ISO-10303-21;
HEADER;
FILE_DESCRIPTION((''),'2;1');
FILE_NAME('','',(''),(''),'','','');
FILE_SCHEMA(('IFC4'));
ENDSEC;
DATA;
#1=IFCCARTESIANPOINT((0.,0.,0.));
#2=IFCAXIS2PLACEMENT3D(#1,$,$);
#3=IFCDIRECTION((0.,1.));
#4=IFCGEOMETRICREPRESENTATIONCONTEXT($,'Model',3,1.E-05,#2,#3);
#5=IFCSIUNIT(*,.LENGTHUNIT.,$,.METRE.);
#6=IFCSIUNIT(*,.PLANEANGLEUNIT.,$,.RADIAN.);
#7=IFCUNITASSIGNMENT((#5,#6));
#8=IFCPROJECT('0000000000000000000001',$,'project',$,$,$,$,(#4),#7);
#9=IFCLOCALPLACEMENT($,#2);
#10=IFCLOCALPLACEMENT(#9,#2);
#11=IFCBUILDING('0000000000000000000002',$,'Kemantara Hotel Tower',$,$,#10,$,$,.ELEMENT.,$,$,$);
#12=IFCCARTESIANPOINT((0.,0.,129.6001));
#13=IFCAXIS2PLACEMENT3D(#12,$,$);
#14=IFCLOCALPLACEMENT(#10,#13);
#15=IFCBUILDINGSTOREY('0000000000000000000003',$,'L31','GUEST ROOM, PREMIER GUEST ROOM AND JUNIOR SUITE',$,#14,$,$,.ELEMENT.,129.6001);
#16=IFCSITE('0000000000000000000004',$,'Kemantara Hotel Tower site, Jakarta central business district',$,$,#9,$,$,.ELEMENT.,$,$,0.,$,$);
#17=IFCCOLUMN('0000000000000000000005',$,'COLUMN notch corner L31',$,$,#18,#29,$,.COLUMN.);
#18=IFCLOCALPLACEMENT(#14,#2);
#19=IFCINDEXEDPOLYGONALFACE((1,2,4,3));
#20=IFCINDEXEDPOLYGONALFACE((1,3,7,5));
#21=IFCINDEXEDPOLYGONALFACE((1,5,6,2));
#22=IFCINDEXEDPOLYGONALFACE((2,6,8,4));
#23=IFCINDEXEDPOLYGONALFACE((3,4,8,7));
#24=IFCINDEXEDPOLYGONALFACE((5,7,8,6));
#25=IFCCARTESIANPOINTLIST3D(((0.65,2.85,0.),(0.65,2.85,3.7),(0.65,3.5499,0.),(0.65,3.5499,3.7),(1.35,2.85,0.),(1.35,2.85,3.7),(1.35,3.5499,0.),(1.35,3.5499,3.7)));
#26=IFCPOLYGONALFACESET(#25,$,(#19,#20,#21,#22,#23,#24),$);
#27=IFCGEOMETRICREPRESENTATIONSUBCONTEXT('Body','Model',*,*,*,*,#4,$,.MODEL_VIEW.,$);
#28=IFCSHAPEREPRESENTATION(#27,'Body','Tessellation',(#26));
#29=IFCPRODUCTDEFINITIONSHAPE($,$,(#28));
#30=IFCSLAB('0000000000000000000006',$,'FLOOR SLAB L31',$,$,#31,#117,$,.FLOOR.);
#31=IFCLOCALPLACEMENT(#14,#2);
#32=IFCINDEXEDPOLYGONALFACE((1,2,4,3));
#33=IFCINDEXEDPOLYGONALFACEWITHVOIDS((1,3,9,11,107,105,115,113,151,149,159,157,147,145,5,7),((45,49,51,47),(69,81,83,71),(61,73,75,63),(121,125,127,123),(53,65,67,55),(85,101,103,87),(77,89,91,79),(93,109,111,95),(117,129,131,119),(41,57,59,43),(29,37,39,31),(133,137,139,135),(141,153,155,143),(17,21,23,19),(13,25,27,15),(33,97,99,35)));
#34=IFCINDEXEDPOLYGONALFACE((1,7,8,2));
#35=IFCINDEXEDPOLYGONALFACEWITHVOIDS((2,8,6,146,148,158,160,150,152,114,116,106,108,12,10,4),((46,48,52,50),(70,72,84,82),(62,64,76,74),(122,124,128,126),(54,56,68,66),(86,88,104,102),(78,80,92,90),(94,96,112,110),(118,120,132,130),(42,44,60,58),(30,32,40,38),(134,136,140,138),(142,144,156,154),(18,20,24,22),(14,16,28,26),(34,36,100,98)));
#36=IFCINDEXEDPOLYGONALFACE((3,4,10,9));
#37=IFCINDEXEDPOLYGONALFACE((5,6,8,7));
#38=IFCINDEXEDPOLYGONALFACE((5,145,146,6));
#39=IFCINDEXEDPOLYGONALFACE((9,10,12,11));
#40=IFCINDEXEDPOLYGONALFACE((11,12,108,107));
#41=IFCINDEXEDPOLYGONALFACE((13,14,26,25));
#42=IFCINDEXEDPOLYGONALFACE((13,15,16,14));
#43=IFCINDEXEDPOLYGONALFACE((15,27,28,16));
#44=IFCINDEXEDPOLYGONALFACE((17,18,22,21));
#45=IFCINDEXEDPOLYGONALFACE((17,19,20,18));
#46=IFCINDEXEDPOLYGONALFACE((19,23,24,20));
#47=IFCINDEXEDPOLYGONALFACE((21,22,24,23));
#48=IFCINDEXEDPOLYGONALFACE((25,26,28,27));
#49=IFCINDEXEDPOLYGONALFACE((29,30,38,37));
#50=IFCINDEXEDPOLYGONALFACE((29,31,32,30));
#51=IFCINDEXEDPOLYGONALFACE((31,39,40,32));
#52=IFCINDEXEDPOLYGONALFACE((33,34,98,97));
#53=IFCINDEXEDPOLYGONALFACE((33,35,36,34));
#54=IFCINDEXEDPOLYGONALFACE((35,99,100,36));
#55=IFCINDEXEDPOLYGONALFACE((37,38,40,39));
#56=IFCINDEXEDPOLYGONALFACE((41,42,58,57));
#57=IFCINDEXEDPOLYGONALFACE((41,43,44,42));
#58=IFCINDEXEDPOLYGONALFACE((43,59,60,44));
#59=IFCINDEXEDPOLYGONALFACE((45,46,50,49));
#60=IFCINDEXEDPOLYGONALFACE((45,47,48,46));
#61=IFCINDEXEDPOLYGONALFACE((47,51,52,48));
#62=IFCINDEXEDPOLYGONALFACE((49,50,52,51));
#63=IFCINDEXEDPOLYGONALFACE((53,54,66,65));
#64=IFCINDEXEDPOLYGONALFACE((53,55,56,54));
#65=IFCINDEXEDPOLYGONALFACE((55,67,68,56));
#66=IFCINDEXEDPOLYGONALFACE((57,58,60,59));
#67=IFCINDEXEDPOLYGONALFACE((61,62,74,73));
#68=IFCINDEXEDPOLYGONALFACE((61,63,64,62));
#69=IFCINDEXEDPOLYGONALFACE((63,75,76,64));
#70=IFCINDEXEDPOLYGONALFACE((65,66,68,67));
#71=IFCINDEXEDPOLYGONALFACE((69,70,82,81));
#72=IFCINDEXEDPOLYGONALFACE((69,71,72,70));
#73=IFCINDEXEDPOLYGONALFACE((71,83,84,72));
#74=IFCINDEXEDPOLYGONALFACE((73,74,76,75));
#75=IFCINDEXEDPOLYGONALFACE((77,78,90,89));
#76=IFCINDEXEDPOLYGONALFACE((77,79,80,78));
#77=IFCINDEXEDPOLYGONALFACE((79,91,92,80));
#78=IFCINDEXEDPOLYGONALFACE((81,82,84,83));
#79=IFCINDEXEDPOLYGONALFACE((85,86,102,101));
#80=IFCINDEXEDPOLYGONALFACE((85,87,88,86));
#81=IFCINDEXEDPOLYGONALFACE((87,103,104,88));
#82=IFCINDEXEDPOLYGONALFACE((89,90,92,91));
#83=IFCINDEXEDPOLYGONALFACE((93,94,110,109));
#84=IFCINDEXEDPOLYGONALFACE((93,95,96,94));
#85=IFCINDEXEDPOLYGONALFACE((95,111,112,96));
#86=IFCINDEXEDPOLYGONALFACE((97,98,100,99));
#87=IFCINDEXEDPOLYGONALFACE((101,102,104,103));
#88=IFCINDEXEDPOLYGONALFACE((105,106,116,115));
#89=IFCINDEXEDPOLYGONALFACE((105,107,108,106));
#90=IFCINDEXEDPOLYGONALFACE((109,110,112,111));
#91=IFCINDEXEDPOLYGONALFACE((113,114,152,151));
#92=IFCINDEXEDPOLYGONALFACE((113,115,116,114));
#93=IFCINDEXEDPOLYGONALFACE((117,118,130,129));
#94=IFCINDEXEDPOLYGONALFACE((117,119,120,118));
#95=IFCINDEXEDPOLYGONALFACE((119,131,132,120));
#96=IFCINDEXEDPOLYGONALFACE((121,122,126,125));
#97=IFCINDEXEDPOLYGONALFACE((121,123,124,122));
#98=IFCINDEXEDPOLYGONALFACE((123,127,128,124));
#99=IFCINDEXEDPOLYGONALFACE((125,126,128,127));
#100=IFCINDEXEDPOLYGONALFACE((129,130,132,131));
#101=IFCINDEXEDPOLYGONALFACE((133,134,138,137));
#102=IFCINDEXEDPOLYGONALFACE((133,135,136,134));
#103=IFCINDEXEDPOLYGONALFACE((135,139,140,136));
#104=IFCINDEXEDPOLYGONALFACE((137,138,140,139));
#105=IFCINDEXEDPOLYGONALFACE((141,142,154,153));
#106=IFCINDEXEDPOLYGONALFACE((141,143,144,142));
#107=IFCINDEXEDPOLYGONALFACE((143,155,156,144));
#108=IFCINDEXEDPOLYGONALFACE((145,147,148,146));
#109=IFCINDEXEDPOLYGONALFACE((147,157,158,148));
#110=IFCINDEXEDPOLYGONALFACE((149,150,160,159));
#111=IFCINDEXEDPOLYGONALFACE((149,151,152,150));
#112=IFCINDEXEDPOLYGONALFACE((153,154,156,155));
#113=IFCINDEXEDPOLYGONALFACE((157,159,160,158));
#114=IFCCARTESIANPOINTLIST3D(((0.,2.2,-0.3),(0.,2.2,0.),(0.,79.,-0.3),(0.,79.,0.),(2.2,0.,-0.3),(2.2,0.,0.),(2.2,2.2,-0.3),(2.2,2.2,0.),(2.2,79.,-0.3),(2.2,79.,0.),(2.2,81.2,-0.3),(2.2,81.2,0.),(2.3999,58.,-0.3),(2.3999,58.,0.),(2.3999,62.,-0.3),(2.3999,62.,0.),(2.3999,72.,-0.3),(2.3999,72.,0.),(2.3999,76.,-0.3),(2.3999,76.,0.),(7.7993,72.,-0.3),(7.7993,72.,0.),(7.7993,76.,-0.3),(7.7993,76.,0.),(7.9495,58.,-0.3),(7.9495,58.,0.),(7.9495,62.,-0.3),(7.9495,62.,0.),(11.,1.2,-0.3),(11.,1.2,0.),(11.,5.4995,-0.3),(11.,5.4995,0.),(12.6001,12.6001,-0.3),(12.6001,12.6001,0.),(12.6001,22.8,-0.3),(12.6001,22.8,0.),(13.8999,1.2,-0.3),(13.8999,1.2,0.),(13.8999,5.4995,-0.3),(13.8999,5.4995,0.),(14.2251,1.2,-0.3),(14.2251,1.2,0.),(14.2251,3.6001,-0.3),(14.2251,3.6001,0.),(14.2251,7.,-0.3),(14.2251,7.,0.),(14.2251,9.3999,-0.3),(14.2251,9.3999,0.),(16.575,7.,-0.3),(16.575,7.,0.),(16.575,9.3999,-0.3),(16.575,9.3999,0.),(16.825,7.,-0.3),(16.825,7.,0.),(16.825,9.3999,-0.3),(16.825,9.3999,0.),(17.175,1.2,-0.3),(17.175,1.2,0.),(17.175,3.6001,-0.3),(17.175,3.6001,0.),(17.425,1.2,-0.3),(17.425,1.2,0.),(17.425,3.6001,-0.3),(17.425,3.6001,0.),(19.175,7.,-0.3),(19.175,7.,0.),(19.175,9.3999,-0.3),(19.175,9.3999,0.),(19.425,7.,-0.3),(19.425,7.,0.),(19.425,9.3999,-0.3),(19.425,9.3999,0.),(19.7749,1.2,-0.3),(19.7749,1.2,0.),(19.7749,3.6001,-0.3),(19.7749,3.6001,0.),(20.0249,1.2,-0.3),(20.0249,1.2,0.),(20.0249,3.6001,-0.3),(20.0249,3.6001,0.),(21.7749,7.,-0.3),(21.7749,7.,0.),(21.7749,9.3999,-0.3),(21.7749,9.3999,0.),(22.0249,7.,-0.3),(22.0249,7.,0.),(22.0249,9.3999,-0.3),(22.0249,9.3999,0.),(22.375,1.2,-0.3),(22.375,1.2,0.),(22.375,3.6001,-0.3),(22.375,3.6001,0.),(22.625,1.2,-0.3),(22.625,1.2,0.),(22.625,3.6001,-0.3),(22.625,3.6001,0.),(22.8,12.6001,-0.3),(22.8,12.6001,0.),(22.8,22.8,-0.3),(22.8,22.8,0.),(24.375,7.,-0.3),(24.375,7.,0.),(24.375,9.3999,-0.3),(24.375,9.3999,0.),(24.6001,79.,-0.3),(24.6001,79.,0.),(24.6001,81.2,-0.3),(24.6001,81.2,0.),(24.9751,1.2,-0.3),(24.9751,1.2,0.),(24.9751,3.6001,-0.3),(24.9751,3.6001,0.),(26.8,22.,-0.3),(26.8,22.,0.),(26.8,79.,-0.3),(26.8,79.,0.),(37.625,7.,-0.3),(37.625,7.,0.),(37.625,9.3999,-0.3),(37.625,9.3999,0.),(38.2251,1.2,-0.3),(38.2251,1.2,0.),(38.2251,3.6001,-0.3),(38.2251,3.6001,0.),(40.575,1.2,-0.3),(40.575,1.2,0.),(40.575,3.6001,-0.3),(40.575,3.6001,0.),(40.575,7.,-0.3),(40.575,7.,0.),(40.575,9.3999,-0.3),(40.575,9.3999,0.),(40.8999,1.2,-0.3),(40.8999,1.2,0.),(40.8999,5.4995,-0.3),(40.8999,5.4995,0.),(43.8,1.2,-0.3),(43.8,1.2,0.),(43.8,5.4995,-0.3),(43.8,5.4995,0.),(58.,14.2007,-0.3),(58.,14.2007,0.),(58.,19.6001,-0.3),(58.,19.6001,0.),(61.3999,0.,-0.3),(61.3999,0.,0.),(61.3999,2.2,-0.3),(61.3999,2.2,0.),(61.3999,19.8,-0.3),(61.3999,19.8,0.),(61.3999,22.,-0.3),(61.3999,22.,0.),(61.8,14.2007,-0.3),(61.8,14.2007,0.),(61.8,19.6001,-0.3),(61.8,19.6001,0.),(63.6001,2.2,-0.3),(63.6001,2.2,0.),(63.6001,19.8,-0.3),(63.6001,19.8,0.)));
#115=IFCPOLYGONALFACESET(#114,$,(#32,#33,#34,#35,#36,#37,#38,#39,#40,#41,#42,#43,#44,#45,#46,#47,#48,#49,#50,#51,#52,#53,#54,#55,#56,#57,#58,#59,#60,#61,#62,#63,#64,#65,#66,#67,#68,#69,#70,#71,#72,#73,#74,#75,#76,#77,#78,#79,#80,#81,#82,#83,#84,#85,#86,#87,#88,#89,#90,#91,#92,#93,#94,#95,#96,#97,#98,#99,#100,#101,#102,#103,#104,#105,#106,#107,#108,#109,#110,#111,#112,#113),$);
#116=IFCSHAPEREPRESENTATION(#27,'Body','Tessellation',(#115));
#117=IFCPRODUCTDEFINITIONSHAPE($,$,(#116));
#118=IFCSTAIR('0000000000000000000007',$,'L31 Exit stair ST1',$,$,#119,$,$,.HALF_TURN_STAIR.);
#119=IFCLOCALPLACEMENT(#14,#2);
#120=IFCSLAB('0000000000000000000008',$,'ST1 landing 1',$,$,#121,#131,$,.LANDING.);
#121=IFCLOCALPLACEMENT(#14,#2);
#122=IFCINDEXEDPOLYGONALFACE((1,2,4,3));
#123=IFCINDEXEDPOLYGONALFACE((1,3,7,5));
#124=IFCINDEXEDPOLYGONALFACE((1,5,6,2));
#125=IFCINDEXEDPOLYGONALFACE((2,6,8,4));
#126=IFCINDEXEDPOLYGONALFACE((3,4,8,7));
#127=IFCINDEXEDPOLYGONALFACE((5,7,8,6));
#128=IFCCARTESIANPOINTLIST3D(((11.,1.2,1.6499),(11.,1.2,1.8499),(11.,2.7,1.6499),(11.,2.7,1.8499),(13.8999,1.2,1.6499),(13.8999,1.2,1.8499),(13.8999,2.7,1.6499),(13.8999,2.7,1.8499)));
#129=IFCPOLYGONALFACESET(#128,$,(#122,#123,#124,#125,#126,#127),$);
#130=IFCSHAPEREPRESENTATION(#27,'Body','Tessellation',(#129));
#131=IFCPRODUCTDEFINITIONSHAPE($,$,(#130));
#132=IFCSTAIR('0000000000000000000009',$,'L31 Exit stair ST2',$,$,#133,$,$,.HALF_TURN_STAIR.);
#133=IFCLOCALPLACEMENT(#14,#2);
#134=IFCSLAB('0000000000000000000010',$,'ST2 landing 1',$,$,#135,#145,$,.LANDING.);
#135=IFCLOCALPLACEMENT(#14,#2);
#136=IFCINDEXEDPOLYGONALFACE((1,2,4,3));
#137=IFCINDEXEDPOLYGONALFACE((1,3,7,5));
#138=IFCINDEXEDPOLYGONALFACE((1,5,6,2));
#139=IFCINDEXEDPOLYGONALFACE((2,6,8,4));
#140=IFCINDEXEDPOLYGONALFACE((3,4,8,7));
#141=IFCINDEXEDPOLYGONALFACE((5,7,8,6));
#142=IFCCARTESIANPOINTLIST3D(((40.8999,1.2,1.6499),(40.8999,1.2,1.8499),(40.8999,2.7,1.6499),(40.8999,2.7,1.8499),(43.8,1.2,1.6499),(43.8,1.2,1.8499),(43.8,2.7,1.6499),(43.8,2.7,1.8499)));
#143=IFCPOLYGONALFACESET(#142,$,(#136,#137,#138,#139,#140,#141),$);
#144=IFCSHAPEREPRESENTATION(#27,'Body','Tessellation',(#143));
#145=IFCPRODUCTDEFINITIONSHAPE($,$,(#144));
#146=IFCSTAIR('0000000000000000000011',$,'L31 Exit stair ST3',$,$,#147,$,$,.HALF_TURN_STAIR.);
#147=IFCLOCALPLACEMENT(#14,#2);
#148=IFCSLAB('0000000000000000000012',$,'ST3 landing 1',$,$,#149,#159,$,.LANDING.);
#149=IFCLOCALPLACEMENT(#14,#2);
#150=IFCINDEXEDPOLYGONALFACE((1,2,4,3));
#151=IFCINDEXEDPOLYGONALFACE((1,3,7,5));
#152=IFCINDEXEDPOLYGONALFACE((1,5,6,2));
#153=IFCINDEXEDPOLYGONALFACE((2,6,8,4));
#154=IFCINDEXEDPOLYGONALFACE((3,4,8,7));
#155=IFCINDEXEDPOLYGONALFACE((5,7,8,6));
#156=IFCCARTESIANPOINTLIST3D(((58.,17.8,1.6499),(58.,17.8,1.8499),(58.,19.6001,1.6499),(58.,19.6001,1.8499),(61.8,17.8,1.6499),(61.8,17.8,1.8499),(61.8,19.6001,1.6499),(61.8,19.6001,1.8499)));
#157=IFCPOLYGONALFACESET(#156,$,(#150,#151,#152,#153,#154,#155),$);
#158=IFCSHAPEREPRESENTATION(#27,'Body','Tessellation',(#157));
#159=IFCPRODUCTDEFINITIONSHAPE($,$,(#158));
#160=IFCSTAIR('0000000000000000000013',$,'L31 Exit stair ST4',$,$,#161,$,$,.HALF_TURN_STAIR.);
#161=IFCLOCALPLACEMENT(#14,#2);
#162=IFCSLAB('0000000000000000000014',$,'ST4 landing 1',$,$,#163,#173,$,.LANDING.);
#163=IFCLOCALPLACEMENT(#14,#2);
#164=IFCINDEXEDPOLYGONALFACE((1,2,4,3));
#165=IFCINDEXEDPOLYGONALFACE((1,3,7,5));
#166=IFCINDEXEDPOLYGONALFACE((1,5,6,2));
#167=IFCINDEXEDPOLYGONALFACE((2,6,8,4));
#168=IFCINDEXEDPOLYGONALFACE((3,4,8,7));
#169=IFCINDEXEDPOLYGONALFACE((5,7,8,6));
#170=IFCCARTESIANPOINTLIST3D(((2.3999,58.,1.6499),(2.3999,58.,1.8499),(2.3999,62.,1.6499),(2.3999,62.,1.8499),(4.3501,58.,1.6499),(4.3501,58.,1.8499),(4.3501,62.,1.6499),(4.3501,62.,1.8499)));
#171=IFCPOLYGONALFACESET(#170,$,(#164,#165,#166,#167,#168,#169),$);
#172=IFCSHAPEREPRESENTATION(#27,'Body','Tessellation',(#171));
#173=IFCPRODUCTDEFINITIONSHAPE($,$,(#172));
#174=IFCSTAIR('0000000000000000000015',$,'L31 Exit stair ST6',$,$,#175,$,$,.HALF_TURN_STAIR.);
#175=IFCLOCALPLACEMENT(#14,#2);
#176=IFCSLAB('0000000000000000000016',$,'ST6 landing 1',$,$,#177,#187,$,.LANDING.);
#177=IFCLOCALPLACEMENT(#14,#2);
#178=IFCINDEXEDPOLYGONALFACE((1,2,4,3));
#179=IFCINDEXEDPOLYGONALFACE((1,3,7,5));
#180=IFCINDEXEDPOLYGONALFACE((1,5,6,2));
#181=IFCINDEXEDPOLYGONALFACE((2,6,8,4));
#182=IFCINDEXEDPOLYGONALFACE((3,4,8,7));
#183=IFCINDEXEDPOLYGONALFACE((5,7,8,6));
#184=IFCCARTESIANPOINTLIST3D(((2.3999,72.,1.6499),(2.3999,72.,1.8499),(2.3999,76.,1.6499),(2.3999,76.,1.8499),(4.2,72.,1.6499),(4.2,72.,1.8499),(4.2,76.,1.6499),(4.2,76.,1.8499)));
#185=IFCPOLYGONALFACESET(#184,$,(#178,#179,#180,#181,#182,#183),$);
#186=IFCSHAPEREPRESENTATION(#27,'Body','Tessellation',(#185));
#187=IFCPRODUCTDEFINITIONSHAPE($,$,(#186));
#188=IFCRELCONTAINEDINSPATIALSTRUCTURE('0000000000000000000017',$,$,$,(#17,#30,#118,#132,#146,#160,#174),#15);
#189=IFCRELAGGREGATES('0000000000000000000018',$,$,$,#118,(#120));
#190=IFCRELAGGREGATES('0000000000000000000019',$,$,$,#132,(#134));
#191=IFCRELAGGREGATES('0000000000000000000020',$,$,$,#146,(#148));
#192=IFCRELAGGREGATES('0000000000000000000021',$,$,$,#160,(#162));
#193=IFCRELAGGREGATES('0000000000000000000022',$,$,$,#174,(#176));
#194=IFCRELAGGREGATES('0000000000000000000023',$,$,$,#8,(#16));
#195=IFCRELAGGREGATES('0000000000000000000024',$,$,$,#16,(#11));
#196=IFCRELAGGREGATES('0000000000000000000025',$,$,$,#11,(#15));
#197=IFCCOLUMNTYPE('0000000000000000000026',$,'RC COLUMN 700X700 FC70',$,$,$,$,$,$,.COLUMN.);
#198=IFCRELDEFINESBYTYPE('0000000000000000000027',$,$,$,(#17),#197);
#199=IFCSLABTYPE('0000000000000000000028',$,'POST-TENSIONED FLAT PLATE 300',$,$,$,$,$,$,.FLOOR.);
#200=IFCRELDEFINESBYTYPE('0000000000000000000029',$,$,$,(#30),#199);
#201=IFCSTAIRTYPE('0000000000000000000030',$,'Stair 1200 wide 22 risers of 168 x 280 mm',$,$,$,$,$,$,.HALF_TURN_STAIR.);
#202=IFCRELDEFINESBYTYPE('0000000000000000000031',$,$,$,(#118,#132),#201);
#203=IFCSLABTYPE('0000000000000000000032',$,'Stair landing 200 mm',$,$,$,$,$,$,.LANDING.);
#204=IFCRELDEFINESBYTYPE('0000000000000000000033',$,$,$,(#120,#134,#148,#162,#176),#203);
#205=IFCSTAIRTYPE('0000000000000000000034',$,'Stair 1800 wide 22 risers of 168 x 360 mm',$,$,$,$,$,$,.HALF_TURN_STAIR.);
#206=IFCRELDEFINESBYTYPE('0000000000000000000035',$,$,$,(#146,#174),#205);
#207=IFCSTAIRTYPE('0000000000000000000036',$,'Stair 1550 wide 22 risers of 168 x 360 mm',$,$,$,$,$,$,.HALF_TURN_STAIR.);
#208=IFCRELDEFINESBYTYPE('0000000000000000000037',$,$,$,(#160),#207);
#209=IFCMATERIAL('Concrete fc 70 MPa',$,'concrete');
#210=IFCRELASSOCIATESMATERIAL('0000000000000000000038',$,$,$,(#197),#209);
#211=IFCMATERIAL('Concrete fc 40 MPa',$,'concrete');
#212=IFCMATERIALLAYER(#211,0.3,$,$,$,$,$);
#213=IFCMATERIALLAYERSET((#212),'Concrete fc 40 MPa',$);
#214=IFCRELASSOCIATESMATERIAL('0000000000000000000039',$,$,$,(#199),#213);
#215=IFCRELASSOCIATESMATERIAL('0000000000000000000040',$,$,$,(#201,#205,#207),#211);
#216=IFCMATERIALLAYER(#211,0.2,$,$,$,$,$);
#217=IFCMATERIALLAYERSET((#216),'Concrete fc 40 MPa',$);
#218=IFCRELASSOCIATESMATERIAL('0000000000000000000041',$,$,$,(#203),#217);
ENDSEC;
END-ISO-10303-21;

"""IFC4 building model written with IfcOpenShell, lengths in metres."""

from ifc_helpers import new_model, si_unit, direction, frame, origin, origin_2d, place, context, subcontext, project, spatial, polyline, rectangle, outline, extrude, material, layer, layer_set, material_profile, profile_set, type_object, element, aggregate, save


model = new_model("IFC4")

# Units and contexts
model_context = context("Model", 3, precision=1e-05, world=origin(), true_north=direction((0.0, 1.0)))
body_context = subcontext(model_context, "Body", "Model", "MODEL_VIEW")
ifc_project = project(units=[si_unit("LENGTHUNIT", "METRE"), si_unit("PLANEANGLEUNIT", "RADIAN")], contexts=[model_context])

# Site, building, storey
site_placement = place(None, origin())
site = spatial("IfcSite", under=ifc_project, at=site_placement, Name="Kemantara Hotel Tower site, Jakarta central business district", CompositionType="ELEMENT", RefElevation=0.0)
building_placement = place(site_placement, origin())
building = spatial("IfcBuilding", under=site, at=building_placement, Name="Kemantara Hotel Tower", CompositionType="ELEMENT")
storey_placement = place(building_placement, frame((0.0, 0.0, 129.6001)))
storey = spatial("IfcBuildingStorey", under=building, at=storey_placement, Name="L31", Description="GUEST ROOM, PREMIER GUEST ROOM AND JUNIOR SUITE", CompositionType="ELEMENT", Elevation=129.6001)

# Column
ifc_material_1 = material(Name="Concrete fc 70 MPa", Category="concrete")
ifc_material_profile = material_profile(ifc_material_1, rectangle(XDim=0.7, YDim=0.7, at=origin_2d()), Name="RC 700X700")
ifc_profile_set = profile_set([ifc_material_profile], Name="Concrete fc 70 MPa")
column_type = type_object("IfcColumnType", Name="RC COLUMN 700X700 FC70", PredefinedType="COLUMN", material=ifc_profile_set)
column_placement = place(storey_placement, frame((1.0, 3.2, 0.0), z_axis=(0.0, 0.0, 1.0), x_axis=(1.0, 0.0, 0.0)))
element("IfcColumn", 1, at=column_placement, inside=storey, type_object=column_type, Name="COLUMN notch corner L31", PredefinedType="COLUMN", context=body_context, shape_type="SweptSolid", body=[
    extrude(rectangle(XDim=0.7, YDim=0.7, at=origin_2d()), origin(), (0.0, 0.0, 1.0), 3.7),
])

# Slab
ifc_material_2 = material(Name="Concrete fc 40 MPa", Category="concrete")
ifc_layer_1 = layer(ifc_material_2, 0.3)
ifc_layer_set_1 = layer_set([ifc_layer_1], Name="Concrete fc 40 MPa")
slab_type_1 = type_object("IfcSlabType", Name="POST-TENSIONED FLAT PLATE 300", PredefinedType="FLOOR", material=ifc_layer_set_1)
slab_1_placement = place(storey_placement, frame((0.0, 0.0, -0.3)))
element("IfcSlab", 2, at=slab_1_placement, inside=storey, type_object=slab_type_1, Name="FLOOR SLAB L31", PredefinedType="FLOOR", context=body_context, shape_type="SweptSolid", body=[
    extrude(outline(polyline([(26.8, 79.0), (24.6001, 79.0), (24.6001, 81.2), (2.2, 81.2), (2.2, 79.0), (0.0, 79.0), (0.0, 2.2), (2.2, 2.2), (2.2, 0.0), (61.3999, 0.0), (61.3999, 2.2), (63.6001, 2.2), (63.6001, 19.8), (61.3999, 19.8), (61.3999, 22.0), (26.8, 22.0), (26.8, 79.0)]), holes=[polyline([(17.175, 1.2), (14.2251, 1.2), (14.2251, 3.6001), (17.175, 3.6001), (17.175, 1.2)]), polyline([(19.7749, 1.2), (17.425, 1.2), (17.425, 3.6001), (19.7749, 3.6001), (19.7749, 1.2)]), polyline([(11.0, 1.2), (11.0, 5.4995), (13.8999, 5.4995), (13.8999, 1.2), (11.0, 1.2)]), polyline([(16.575, 7.0), (14.2251, 7.0), (14.2251, 9.3999), (16.575, 9.3999), (16.575, 7.0)]), polyline([(19.175, 7.0), (16.825, 7.0), (16.825, 9.3999), (19.175, 9.3999), (19.175, 7.0)]), polyline([(22.8, 12.6001), (12.6001, 12.6001), (12.6001, 22.8), (22.8, 22.8), (22.8, 12.6001)]), polyline([(2.3999, 62.0), (7.9495, 62.0), (7.9495, 58.0), (2.3999, 58.0), (2.3999, 62.0)]), polyline([(2.3999, 76.0), (7.7993, 76.0), (7.7993, 72.0), (2.3999, 72.0), (2.3999, 76.0)]), polyline([(22.375, 1.2), (20.0249, 1.2), (20.0249, 3.6001), (22.375, 3.6001), (22.375, 1.2)]), polyline([(24.9751, 1.2), (22.625, 1.2), (22.625, 3.6001), (24.9751, 3.6001), (24.9751, 1.2)]), polyline([(40.575, 1.2), (38.2251, 1.2), (38.2251, 3.6001), (40.575, 3.6001), (40.575, 1.2)]), polyline([(40.8999, 1.2), (40.8999, 5.4995), (43.8, 5.4995), (43.8, 1.2), (40.8999, 1.2)]), polyline([(21.7749, 7.0), (19.425, 7.0), (19.425, 9.3999), (21.7749, 9.3999), (21.7749, 7.0)]), polyline([(24.375, 7.0), (22.0249, 7.0), (22.0249, 9.3999), (24.375, 9.3999), (24.375, 7.0)]), polyline([(40.575, 7.0), (37.625, 7.0), (37.625, 9.3999), (40.575, 9.3999), (40.575, 7.0)]), polyline([(61.8, 19.6001), (61.8, 14.2007), (58.0, 14.2007), (58.0, 19.6001), (61.8, 19.6001)])]), origin(), (0.0, 0.0, 1.0), 0.3),
])

# Stairs, slabs
stair_type_1 = type_object("IfcStairType", Name="Stair 1200 wide 22 risers of 168 x 280 mm", PredefinedType="HALF_TURN_STAIR", material=ifc_material_2)
stair_1_placement = place(storey_placement, origin())
stair_1 = element("IfcStair", 3, at=stair_1_placement, inside=storey, type_object=stair_type_1, Name="L31 Exit stair ST1", PredefinedType="HALF_TURN_STAIR")
ifc_layer_2 = layer(ifc_material_2, 0.2)
ifc_layer_set_2 = layer_set([ifc_layer_2], Name="Concrete fc 40 MPa")
slab_type_2 = type_object("IfcSlabType", Name="Stair landing 200 mm", PredefinedType="LANDING", material=ifc_layer_set_2)
slab_2_placement = place(storey_placement, frame((0.0, 0.0, 1.6499)))
slab_2 = element("IfcSlab", 4, at=slab_2_placement, type_object=slab_type_2, Name="ST1 landing 1", PredefinedType="LANDING", context=body_context, shape_type="SweptSolid", body=[
    extrude(outline(polyline([(11.0, 2.7), (11.0, 1.2), (13.8999, 1.2), (13.8999, 2.7), (11.0, 2.7)])), origin(), (0.0, 0.0, 1.0), 0.2),
])
aggregate(stair_1, [slab_2])
stair_2_placement = place(storey_placement, origin())
stair_2 = element("IfcStair", 5, at=stair_2_placement, inside=storey, type_object=stair_type_1, Name="L31 Exit stair ST2", PredefinedType="HALF_TURN_STAIR")
slab_3_placement = place(storey_placement, frame((0.0, 0.0, 1.6499)))
slab_3 = element("IfcSlab", 6, at=slab_3_placement, type_object=slab_type_2, Name="ST2 landing 1", PredefinedType="LANDING", context=body_context, shape_type="SweptSolid", body=[
    extrude(outline(polyline([(40.8999, 2.7), (40.8999, 1.2), (43.8, 1.2), (43.8, 2.7), (40.8999, 2.7)])), origin(), (0.0, 0.0, 1.0), 0.2),
])
aggregate(stair_2, [slab_3])
stair_type_2 = type_object("IfcStairType", Name="Stair 1800 wide 22 risers of 168 x 360 mm", PredefinedType="HALF_TURN_STAIR", material=ifc_material_2)
stair_3_placement = place(storey_placement, origin())
stair_3 = element("IfcStair", 7, at=stair_3_placement, inside=storey, type_object=stair_type_2, Name="L31 Exit stair ST3", PredefinedType="HALF_TURN_STAIR")
slab_4_placement = place(storey_placement, frame((0.0, 0.0, 1.6499)))
slab_4 = element("IfcSlab", 8, at=slab_4_placement, type_object=slab_type_2, Name="ST3 landing 1", PredefinedType="LANDING", context=body_context, shape_type="SweptSolid", body=[
    extrude(outline(polyline([(61.8, 17.8), (61.8, 19.6001), (58.0, 19.6001), (58.0, 17.8), (61.8, 17.8)])), origin(), (0.0, 0.0, 1.0), 0.2),
])
aggregate(stair_3, [slab_4])
stair_type_3 = type_object("IfcStairType", Name="Stair 1550 wide 22 risers of 168 x 360 mm", PredefinedType="HALF_TURN_STAIR", material=ifc_material_2)
stair_4_placement = place(storey_placement, origin())
stair_4 = element("IfcStair", 9, at=stair_4_placement, inside=storey, type_object=stair_type_3, Name="L31 Exit stair ST4", PredefinedType="HALF_TURN_STAIR")
slab_5_placement = place(storey_placement, frame((0.0, 0.0, 1.6499)))
slab_5 = element("IfcSlab", 10, at=slab_5_placement, type_object=slab_type_2, Name="ST4 landing 1", PredefinedType="LANDING", context=body_context, shape_type="SweptSolid", body=[
    extrude(outline(polyline([(4.3501, 62.0), (2.3999, 62.0), (2.3999, 58.0), (4.3501, 58.0), (4.3501, 62.0)])), origin(), (0.0, 0.0, 1.0), 0.2),
])
aggregate(stair_4, [slab_5])
stair_5_placement = place(storey_placement, origin())
stair_5 = element("IfcStair", 11, at=stair_5_placement, inside=storey, type_object=stair_type_2, Name="L31 Exit stair ST6", PredefinedType="HALF_TURN_STAIR")
slab_6_placement = place(storey_placement, frame((0.0, 0.0, 1.6499)))
slab_6 = element("IfcSlab", 12, at=slab_6_placement, type_object=slab_type_2, Name="ST6 landing 1", PredefinedType="LANDING", context=body_context, shape_type="SweptSolid", body=[
    extrude(outline(polyline([(4.2, 76.0), (2.3999, 76.0), (2.3999, 72.0), (4.2, 72.0), (4.2, 76.0)])), origin(), (0.0, 0.0, 1.0), 0.2),
])
aggregate(stair_5, [slab_6])

save(model, "model.ifc")
